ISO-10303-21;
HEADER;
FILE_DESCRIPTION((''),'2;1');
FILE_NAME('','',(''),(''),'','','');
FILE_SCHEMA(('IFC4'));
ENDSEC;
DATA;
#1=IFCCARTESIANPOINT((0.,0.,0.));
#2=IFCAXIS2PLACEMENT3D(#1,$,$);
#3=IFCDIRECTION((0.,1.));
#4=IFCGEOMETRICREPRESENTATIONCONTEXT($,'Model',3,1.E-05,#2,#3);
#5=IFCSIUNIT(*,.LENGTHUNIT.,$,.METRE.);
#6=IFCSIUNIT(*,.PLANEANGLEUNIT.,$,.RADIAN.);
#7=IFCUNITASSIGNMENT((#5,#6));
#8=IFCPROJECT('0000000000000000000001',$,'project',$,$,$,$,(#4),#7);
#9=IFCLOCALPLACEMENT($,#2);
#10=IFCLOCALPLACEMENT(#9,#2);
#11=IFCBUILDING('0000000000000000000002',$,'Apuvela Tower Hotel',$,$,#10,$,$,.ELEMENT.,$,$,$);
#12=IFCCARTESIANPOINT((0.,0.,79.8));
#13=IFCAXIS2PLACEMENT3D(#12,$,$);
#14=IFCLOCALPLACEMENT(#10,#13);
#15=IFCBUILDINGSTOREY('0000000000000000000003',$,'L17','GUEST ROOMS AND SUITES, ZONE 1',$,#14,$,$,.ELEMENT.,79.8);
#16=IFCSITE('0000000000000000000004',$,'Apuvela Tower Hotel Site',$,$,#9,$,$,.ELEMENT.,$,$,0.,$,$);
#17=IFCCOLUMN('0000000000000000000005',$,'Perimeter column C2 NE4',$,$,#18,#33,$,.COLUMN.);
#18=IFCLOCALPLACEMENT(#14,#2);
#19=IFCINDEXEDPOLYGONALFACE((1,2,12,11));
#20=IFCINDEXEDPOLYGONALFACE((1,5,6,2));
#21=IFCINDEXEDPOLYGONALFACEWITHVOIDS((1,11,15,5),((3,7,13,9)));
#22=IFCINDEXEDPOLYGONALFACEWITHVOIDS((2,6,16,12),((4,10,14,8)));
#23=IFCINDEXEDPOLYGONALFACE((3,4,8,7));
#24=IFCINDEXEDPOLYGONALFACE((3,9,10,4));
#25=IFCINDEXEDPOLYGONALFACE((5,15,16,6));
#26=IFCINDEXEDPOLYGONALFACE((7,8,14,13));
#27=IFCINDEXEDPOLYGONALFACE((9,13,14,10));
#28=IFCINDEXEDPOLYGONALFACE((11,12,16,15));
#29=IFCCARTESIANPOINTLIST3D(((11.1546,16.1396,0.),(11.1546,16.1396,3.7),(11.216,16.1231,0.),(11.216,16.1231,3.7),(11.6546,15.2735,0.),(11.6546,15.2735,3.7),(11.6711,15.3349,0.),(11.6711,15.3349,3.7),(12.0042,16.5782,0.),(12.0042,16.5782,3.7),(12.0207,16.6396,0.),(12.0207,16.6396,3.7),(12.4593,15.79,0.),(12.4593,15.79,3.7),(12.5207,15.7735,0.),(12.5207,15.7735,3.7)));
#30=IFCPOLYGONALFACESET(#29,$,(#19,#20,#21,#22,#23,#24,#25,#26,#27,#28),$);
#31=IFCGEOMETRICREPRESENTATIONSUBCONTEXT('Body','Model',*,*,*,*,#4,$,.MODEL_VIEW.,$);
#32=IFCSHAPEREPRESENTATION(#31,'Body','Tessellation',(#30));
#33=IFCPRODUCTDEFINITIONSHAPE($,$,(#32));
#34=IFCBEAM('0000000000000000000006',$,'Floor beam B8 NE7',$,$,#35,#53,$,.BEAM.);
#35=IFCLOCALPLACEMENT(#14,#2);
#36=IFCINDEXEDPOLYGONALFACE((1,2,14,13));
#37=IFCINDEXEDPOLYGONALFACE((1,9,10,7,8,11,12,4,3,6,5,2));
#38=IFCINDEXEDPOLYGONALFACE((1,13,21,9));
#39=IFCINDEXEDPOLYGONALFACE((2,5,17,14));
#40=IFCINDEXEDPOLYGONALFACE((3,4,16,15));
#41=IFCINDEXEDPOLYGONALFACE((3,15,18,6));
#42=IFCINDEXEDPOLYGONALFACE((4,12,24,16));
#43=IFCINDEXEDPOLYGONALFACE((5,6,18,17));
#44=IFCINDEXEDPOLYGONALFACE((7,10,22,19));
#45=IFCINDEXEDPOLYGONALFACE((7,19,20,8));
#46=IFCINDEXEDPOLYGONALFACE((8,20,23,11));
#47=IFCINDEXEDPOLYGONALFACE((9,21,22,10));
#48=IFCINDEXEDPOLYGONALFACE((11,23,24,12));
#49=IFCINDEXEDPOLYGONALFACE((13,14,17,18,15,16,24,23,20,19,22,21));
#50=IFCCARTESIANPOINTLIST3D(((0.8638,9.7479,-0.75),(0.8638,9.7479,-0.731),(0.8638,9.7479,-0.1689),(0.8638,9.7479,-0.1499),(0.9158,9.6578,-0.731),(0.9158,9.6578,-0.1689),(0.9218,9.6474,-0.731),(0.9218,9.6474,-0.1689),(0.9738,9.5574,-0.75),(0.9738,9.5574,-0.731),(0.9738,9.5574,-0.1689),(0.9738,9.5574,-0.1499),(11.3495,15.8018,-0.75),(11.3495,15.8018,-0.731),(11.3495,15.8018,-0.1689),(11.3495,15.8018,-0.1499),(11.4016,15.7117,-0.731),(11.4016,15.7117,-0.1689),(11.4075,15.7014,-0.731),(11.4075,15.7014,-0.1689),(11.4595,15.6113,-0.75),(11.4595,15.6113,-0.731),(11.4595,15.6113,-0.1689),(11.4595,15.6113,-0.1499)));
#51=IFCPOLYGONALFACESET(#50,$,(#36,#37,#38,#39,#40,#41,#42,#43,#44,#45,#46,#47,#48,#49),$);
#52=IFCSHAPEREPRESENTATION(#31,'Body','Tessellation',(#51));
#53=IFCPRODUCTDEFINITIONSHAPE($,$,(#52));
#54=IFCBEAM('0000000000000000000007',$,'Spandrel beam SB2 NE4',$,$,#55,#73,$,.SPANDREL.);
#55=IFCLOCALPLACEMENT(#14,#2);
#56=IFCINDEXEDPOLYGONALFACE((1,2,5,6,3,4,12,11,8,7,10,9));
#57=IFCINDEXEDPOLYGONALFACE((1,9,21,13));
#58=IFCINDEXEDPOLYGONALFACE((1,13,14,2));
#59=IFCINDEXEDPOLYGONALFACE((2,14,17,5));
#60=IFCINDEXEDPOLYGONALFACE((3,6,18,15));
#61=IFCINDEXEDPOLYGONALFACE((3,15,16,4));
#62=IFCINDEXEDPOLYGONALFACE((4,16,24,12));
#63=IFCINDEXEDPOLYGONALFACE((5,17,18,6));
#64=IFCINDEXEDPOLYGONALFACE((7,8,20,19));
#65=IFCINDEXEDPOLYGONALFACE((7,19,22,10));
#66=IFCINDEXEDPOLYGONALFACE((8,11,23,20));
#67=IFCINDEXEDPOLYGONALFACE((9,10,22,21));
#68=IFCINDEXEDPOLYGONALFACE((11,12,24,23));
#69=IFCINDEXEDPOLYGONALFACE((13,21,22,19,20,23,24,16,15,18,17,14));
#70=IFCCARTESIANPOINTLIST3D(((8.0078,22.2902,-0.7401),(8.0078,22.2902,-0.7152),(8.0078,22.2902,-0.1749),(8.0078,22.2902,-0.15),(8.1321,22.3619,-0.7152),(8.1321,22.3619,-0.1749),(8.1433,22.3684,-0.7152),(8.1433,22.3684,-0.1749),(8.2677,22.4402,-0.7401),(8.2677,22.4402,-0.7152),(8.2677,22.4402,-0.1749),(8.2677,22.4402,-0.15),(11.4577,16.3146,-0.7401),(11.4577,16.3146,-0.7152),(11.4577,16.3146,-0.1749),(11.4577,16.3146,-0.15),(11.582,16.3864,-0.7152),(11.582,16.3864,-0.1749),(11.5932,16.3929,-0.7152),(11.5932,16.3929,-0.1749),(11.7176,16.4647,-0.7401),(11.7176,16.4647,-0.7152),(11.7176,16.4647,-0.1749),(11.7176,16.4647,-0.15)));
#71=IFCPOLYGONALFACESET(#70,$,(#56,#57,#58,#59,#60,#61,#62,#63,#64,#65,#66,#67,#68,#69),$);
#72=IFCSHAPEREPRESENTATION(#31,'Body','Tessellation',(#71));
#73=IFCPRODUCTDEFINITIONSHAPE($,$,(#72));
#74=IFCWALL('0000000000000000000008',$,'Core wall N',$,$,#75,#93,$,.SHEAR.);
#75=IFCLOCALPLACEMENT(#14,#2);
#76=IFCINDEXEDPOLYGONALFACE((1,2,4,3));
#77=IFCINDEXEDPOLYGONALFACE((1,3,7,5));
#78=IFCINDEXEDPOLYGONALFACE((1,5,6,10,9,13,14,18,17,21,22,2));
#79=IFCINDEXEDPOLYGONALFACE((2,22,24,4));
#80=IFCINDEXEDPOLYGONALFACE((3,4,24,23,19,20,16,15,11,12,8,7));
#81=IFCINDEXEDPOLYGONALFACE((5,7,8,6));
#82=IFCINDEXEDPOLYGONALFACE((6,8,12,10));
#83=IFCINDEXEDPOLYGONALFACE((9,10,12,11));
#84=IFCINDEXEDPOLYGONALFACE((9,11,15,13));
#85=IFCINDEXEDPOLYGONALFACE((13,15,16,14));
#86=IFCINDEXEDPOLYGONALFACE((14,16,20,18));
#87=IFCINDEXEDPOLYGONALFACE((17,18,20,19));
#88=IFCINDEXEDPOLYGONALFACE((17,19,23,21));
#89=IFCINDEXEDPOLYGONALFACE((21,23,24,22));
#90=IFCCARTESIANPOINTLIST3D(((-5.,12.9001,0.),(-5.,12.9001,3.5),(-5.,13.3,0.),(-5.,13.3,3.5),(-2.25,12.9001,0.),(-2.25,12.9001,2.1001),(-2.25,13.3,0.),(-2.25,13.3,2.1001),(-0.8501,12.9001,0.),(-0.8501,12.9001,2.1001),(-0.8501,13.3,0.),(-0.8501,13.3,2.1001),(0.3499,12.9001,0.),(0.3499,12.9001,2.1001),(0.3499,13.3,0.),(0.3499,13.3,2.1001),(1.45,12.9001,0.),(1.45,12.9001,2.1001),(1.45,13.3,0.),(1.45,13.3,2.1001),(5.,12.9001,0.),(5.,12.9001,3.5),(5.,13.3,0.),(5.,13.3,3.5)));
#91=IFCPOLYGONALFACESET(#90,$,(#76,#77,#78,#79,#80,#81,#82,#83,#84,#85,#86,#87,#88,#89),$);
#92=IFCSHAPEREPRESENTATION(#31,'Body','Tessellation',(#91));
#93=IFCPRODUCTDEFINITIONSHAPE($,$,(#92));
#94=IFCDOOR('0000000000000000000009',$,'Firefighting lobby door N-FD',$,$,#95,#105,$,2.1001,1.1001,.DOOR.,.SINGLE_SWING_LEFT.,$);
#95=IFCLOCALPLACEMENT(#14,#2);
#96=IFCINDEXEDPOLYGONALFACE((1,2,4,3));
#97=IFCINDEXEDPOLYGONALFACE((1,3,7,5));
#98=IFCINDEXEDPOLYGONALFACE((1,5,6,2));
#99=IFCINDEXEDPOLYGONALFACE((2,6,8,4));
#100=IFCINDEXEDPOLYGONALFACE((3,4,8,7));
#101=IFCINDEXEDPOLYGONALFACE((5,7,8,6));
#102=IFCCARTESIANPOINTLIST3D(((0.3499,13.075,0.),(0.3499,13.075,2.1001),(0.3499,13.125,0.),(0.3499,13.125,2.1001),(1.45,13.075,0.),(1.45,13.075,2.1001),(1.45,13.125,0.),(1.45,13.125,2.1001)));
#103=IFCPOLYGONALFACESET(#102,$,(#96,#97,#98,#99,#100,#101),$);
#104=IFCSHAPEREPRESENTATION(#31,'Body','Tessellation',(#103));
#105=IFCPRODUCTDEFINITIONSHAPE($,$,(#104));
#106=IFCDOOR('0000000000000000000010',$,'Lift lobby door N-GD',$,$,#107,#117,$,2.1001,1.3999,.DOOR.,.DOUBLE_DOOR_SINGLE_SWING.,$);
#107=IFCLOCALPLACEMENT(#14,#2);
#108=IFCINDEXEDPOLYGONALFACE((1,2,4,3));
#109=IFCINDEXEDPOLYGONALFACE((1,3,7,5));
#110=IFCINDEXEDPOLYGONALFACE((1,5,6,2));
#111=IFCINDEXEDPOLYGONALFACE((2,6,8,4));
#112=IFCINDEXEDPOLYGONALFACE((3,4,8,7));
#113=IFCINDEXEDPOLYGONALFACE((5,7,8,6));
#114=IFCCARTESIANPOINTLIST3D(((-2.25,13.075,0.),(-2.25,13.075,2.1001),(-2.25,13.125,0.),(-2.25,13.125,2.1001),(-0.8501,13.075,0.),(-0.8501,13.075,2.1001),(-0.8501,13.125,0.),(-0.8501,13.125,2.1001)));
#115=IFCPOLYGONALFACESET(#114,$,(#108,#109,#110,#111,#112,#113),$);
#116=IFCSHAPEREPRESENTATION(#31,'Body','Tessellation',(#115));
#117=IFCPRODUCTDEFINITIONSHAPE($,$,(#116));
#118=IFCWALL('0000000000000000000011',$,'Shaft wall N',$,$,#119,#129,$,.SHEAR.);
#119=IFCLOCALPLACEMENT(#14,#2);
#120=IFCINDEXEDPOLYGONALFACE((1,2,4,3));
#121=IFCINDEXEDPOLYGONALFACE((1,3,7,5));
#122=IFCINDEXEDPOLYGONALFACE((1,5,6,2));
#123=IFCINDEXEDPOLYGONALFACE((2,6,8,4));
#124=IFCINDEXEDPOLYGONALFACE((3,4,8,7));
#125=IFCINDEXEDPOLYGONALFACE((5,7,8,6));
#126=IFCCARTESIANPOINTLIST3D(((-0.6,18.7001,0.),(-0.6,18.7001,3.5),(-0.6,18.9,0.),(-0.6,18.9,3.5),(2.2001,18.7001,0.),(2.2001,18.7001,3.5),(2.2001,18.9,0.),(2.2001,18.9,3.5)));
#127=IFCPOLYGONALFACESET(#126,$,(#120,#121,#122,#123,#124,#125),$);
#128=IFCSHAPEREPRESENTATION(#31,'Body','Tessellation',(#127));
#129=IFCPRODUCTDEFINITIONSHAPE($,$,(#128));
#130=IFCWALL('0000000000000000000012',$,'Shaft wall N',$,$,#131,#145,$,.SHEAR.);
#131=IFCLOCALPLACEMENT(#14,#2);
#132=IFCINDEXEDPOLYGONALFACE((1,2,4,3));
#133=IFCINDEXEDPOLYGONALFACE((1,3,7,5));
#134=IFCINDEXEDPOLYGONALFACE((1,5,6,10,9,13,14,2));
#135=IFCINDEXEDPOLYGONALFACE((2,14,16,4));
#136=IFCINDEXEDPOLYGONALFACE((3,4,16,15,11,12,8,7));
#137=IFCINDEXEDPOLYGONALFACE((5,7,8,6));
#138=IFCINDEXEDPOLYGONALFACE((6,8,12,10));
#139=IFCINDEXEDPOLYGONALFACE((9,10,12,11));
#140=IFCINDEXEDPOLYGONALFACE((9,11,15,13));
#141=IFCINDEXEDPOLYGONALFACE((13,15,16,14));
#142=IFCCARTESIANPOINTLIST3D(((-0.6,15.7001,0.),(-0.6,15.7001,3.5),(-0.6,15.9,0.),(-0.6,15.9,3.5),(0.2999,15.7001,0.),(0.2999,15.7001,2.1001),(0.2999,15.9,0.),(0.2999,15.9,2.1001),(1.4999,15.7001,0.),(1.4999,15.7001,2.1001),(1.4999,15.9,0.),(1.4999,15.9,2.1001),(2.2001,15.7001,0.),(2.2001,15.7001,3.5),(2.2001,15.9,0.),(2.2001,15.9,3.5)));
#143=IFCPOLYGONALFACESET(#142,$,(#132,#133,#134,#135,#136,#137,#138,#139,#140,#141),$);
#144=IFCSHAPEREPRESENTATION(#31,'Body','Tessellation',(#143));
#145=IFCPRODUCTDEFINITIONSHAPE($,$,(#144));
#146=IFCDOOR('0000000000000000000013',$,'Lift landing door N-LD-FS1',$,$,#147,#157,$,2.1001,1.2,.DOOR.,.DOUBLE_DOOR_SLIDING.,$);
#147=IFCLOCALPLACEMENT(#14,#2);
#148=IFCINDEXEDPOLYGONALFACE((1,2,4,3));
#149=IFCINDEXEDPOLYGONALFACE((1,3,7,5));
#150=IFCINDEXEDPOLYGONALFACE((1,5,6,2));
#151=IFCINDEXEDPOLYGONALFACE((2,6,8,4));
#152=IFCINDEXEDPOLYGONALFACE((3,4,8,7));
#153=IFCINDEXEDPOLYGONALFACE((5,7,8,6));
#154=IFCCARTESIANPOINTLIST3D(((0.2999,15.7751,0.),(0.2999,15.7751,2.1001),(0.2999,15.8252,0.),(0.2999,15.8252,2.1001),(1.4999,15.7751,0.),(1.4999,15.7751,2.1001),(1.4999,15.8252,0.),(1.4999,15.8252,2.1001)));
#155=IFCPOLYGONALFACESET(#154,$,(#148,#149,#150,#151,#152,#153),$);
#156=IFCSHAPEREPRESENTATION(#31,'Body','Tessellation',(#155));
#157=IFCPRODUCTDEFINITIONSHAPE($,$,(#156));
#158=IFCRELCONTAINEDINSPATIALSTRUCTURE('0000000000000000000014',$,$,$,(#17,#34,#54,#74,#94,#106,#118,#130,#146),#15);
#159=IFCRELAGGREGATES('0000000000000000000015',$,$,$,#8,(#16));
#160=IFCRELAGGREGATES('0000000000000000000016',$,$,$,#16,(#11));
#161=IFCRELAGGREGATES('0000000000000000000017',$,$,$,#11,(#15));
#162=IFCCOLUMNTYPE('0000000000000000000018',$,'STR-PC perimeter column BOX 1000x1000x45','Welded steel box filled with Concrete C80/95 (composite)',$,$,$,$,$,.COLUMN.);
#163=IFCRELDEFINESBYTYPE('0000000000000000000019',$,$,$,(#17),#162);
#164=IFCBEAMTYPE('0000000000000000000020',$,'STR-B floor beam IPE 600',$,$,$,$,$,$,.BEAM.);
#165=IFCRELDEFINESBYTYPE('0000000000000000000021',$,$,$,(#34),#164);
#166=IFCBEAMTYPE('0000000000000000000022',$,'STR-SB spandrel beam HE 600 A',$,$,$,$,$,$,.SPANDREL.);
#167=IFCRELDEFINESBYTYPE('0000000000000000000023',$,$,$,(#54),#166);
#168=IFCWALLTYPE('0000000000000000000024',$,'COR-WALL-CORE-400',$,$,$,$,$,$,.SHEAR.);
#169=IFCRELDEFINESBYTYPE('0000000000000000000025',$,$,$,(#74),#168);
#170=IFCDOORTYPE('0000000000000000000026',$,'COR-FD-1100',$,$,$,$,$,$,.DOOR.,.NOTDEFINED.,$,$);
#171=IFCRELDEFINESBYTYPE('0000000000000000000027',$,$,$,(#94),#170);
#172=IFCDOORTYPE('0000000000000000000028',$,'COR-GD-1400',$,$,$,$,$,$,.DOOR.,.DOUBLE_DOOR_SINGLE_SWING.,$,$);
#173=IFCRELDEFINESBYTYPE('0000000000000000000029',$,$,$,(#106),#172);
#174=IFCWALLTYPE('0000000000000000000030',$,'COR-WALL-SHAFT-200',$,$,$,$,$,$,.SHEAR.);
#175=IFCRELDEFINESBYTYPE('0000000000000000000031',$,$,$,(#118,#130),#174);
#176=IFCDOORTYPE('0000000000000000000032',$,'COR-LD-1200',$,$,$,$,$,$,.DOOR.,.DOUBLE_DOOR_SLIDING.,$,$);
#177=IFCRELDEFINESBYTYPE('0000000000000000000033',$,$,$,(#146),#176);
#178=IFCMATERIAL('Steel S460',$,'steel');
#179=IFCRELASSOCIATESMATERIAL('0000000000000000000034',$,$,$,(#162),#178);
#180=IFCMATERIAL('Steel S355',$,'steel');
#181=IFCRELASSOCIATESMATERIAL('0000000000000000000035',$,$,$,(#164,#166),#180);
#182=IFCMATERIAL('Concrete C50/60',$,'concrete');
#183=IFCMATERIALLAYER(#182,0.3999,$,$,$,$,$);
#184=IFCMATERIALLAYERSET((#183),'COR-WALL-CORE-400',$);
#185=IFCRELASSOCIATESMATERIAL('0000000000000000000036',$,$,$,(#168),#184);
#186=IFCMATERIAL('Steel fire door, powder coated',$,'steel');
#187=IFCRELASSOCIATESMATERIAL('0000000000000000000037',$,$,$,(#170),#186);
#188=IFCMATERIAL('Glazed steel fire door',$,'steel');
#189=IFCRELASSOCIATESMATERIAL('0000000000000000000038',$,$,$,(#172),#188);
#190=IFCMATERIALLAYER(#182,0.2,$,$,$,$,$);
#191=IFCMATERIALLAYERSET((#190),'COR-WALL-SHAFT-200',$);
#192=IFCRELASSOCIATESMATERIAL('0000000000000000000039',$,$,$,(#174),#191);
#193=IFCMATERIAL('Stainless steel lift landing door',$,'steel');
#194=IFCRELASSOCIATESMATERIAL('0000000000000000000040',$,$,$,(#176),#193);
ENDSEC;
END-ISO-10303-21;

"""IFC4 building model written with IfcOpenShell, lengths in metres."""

from ifc_helpers import new_model, si_unit, direction, frame, frame_2d, origin, origin_2d, place, context, subcontext, project, spatial, rectangle, hollow_rectangle, i_section, extrude, material, layer, layer_set, material_profile, profile_set, type_object, element, fill, save


model = new_model("IFC4")

# Units and contexts
model_context = context("Model", 3, precision=1e-05, world=origin(), true_north=direction((0.0, 1.0)))
body_context = subcontext(model_context, "Body", "Model", "MODEL_VIEW")
ifc_project = project(units=[si_unit("LENGTHUNIT", "METRE"), si_unit("PLANEANGLEUNIT", "RADIAN")], contexts=[model_context])

# Site, building, storey
site_placement = place(None, origin())
site = spatial("IfcSite", under=ifc_project, at=site_placement, Name="Apuvela Tower Hotel Site", CompositionType="ELEMENT", RefElevation=0.0)
building_placement = place(site_placement, origin())
building = spatial("IfcBuilding", under=site, at=building_placement, Name="Apuvela Tower Hotel", CompositionType="ELEMENT")
storey_placement = place(building_placement, frame((0.0, 0.0, 79.8)))
storey = spatial("IfcBuildingStorey", under=building, at=storey_placement, Name="L17", Description="GUEST ROOMS AND SUITES, ZONE 1", CompositionType="ELEMENT", Elevation=79.8)

# Column
ifc_material_1 = material(Name="Steel S460", Category="steel")
ifc_material_profile_1 = material_profile(ifc_material_1, hollow_rectangle(XDim=1.0, YDim=1.0, WallThickness=0.0449, at=origin_2d()), Name="BOX 1000x1000x45")
ifc_material_2 = material(Name="Concrete C80/95", Category="concrete")
ifc_material_profile_2 = material_profile(ifc_material_2, rectangle(XDim=0.9099, YDim=0.9099, at=origin_2d()), Name="Concrete C80/95 infill")
ifc_profile_set_1 = profile_set([ifc_material_profile_1, ifc_material_profile_2], Name="Steel S460")
column_type = type_object("IfcColumnType", Name="STR-PC perimeter column BOX 1000x1000x45", Description="Welded steel box filled with Concrete C80/95 (composite)", PredefinedType="COLUMN", material=ifc_profile_set_1)
column_placement = place(storey_placement, frame((11.8376, 15.9565, 0.0), z_axis=(0.0, 0.0, 1.0), x_axis=(-0.5, 0.866025, 0.0)))
element("IfcColumn", 1, at=column_placement, inside=storey, type_object=column_type, Name="Perimeter column C2 NE4", PredefinedType="COLUMN", context=body_context, shape_type="SweptSolid", body=[
    extrude(hollow_rectangle(XDim=1.0, YDim=1.0, WallThickness=0.0449, at=origin_2d()), origin(), (0.0, 0.0, 1.0), 3.7),
])

# Beams
ifc_material_3 = material(Name="Steel S355", Category="steel")
ifc_material_profile_3 = material_profile(ifc_material_3, i_section(OverallWidth=0.22, OverallDepth=0.6001, WebThickness=0.012, FlangeThickness=0.019, at=origin_2d()), Name="IPE 600")
ifc_profile_set_2 = profile_set([ifc_material_profile_3], Name="Steel S355")
beam_type_1 = type_object("IfcBeamType", Name="STR-B floor beam IPE 600", PredefinedType="BEAM", material=ifc_profile_set_2)
beam_1_placement = place(storey_placement, frame((11.4045, 15.7065, -0.45), z_axis=(-0.866027, -0.499997, 0.0), x_axis=(0.499997, -0.866027, 0.0)))
element("IfcBeam", 2, at=beam_1_placement, inside=storey, type_object=beam_type_1, Name="Floor beam B8 NE7", PredefinedType="BEAM", context=body_context, shape_type="SweptSolid", body=[
    extrude(i_section(OverallWidth=0.22, OverallDepth=0.6001, WebThickness=0.012, FlangeThickness=0.019, at=origin_2d()), origin(), (0.0, 0.0, 1.0), 12.1079),
])
ifc_material_profile_4 = material_profile(ifc_material_3, i_section(OverallWidth=0.3, OverallDepth=0.5901, WebThickness=0.0129, FlangeThickness=0.0249, at=origin_2d()), Name="HE 600 A")
ifc_profile_set_3 = profile_set([ifc_material_profile_4], Name="Steel S355")
beam_type_2 = type_object("IfcBeamType", Name="STR-SB spandrel beam HE 600 A", PredefinedType="SPANDREL", material=ifc_profile_set_3)
beam_2_placement = place(storey_placement, frame((11.5876, 16.3896, -0.4451), z_axis=(-0.499994, 0.866029, 0.0), x_axis=(-0.866029, -0.499994, 0.0)))
element("IfcBeam", 3, at=beam_2_placement, inside=storey, type_object=beam_type_2, Name="Spandrel beam SB2 NE4", PredefinedType="SPANDREL", context=body_context, shape_type="SweptSolid", body=[
    extrude(i_section(OverallWidth=0.3, OverallDepth=0.5901, WebThickness=0.0129, FlangeThickness=0.0249, at=origin_2d()), origin(), (0.0, 0.0, 1.0), 6.8999),
])

# Wall, openings, doors
ifc_material_4 = material(Name="Concrete C50/60", Category="concrete")
ifc_layer_1 = layer(ifc_material_4, 0.3999)
ifc_layer_set_1 = layer_set([ifc_layer_1], Name="COR-WALL-CORE-400")
wall_type_1 = type_object("IfcWallType", Name="COR-WALL-CORE-400", PredefinedType="SHEAR", material=ifc_layer_set_1)
wall_1_placement = place(storey_placement, frame((5.0, 13.1001, 0.0), z_axis=(0.0, 0.0, 1.0), x_axis=(-1.0, 0.0, 0.0)))
wall_1 = element("IfcWall", 4, at=wall_1_placement, inside=storey, type_object=wall_type_1, Name="Core wall N", PredefinedType="SHEAR", context=body_context, shape_type="SweptSolid", body=[
    extrude(rectangle(XDim=10.0, YDim=0.3999, at=frame_2d((5.0, 0.0))), origin(), (0.0, 0.0, 1.0), 3.5),
])
opening_1_placement = place(wall_1_placement, frame((3.55, 0.0, 0.0)))
opening_1 = element("IfcOpeningElement", 5, at=opening_1_placement, cuts=wall_1, PredefinedType="OPENING", context=body_context, shape_type="SweptSolid", body=[
    extrude(rectangle(XDim=1.1001, YDim=2.1001, at=frame_2d((0.55, 1.05))), frame((0.0, 0.21, 0.0), z_axis=(0.0, -1.0, 0.0), x_axis=(1.0, 0.0, 0.0)), (0.0, 0.0, 1.0), 0.4199),
])
opening_2_placement = place(wall_1_placement, frame((5.8501, 0.0, 0.0)))
opening_2 = element("IfcOpeningElement", 6, at=opening_2_placement, cuts=wall_1, PredefinedType="OPENING", context=body_context, shape_type="SweptSolid", body=[
    extrude(rectangle(XDim=1.3999, YDim=2.1001, at=frame_2d((0.7, 1.05))), frame((0.0, 0.21, 0.0), z_axis=(0.0, -1.0, 0.0), x_axis=(1.0, 0.0, 0.0)), (0.0, 0.0, 1.0), 0.4199),
])
ifc_material_5 = material(Name="Steel fire door, powder coated", Category="steel")
door_type_1 = type_object("IfcDoorType", Name="COR-FD-1100", OperationType="NOTDEFINED", PredefinedType="DOOR", material=ifc_material_5)
door_1_placement = place(opening_1_placement, frame((1.1001, 0.0, 0.0), z_axis=(0.0, 0.0, 1.0), x_axis=(-1.0, 0.0, 0.0)))
door_1 = element("IfcDoor", 7, at=door_1_placement, inside=storey, type_object=door_type_1, Name="Firefighting lobby door N-FD", OperationType="SINGLE_SWING_LEFT", OverallHeight=2.1001, OverallWidth=1.1001, PredefinedType="DOOR", context=body_context, shape_type="SweptSolid", body=[
    extrude(rectangle(XDim=1.1001, YDim=2.1001, at=frame_2d((0.55, 1.05))), frame((0.0, 0.0249, 0.0), z_axis=(0.0, -1.0, 0.0), x_axis=(1.0, 0.0, 0.0)), (0.0, 0.0, 1.0), 0.05),
])
fill(opening_1, door_1)
ifc_material_6 = material(Name="Glazed steel fire door", Category="steel")
door_type_2 = type_object("IfcDoorType", Name="COR-GD-1400", OperationType="DOUBLE_DOOR_SINGLE_SWING", PredefinedType="DOOR", material=ifc_material_6)
door_2_placement = place(opening_2_placement, frame((1.3999, 0.0, 0.0), z_axis=(0.0, 0.0, 1.0), x_axis=(-1.0, 0.0, 0.0)))
door_2 = element("IfcDoor", 8, at=door_2_placement, inside=storey, type_object=door_type_2, Name="Lift lobby door N-GD", OperationType="DOUBLE_DOOR_SINGLE_SWING", OverallHeight=2.1001, OverallWidth=1.3999, PredefinedType="DOOR", context=body_context, shape_type="SweptSolid", body=[
    extrude(rectangle(XDim=1.3999, YDim=2.1001, at=frame_2d((0.7, 1.05))), frame((0.0, 0.0249, 0.0), z_axis=(0.0, -1.0, 0.0), x_axis=(1.0, 0.0, 0.0)), (0.0, 0.0, 1.0), 0.05),
])
fill(opening_2, door_2)

# Wall
ifc_layer_2 = layer(ifc_material_4, 0.2)
ifc_layer_set_2 = layer_set([ifc_layer_2], Name="COR-WALL-SHAFT-200")
wall_type_2 = type_object("IfcWallType", Name="COR-WALL-SHAFT-200", PredefinedType="SHEAR", material=ifc_layer_set_2)
wall_2_placement = place(storey_placement, frame((2.2, 18.8, 0.0), z_axis=(0.0, 0.0, 1.0), x_axis=(-1.0, 0.0, 0.0)))
element("IfcWall", 9, at=wall_2_placement, inside=storey, type_object=wall_type_2, Name="Shaft wall N", PredefinedType="SHEAR", context=body_context, shape_type="SweptSolid", body=[
    extrude(rectangle(XDim=2.8, YDim=0.2, at=frame_2d((1.3999, 0.0))), origin(), (0.0, 0.0, 1.0), 3.5),
])

# Wall, opening, door
wall_3_placement = place(storey_placement, frame((2.2, 15.8, 0.0), z_axis=(0.0, 0.0, 1.0), x_axis=(-1.0, 0.0, 0.0)))
wall_3 = element("IfcWall", 10, at=wall_3_placement, inside=storey, type_object=wall_type_2, Name="Shaft wall N", PredefinedType="SHEAR", context=body_context, shape_type="SweptSolid", body=[
    extrude(rectangle(XDim=2.8, YDim=0.2, at=frame_2d((1.3999, 0.0))), origin(), (0.0, 0.0, 1.0), 3.5),
])
opening_3_placement = place(wall_3_placement, frame((0.7, 0.0, 0.0)))
opening_3 = element("IfcOpeningElement", 11, at=opening_3_placement, cuts=wall_3, PredefinedType="OPENING", context=body_context, shape_type="SweptSolid", body=[
    extrude(rectangle(XDim=1.2, YDim=2.1001, at=frame_2d((0.6001, 1.05))), frame((0.0, 0.1099, 0.0), z_axis=(0.0, -1.0, 0.0), x_axis=(1.0, 0.0, 0.0)), (0.0, 0.0, 1.0), 0.22),
])
ifc_material_7 = material(Name="Stainless steel lift landing door", Category="steel")
door_type_3 = type_object("IfcDoorType", Name="COR-LD-1200", OperationType="DOUBLE_DOOR_SLIDING", PredefinedType="DOOR", material=ifc_material_7)
door_3_placement = place(opening_3_placement, origin())
door_3 = element("IfcDoor", 12, at=door_3_placement, inside=storey, type_object=door_type_3, Name="Lift landing door N-LD-FS1", OperationType="DOUBLE_DOOR_SLIDING", OverallHeight=2.1001, OverallWidth=1.2, PredefinedType="DOOR", context=body_context, shape_type="SweptSolid", body=[
    extrude(rectangle(XDim=1.2, YDim=2.1001, at=frame_2d((0.6001, 1.05))), frame((0.0, 0.0249, 0.0), z_axis=(0.0, -1.0, 0.0), x_axis=(1.0, 0.0, 0.0)), (0.0, 0.0, 1.0), 0.05),
])
fill(opening_3, door_3)

save(model, "model.ifc")
